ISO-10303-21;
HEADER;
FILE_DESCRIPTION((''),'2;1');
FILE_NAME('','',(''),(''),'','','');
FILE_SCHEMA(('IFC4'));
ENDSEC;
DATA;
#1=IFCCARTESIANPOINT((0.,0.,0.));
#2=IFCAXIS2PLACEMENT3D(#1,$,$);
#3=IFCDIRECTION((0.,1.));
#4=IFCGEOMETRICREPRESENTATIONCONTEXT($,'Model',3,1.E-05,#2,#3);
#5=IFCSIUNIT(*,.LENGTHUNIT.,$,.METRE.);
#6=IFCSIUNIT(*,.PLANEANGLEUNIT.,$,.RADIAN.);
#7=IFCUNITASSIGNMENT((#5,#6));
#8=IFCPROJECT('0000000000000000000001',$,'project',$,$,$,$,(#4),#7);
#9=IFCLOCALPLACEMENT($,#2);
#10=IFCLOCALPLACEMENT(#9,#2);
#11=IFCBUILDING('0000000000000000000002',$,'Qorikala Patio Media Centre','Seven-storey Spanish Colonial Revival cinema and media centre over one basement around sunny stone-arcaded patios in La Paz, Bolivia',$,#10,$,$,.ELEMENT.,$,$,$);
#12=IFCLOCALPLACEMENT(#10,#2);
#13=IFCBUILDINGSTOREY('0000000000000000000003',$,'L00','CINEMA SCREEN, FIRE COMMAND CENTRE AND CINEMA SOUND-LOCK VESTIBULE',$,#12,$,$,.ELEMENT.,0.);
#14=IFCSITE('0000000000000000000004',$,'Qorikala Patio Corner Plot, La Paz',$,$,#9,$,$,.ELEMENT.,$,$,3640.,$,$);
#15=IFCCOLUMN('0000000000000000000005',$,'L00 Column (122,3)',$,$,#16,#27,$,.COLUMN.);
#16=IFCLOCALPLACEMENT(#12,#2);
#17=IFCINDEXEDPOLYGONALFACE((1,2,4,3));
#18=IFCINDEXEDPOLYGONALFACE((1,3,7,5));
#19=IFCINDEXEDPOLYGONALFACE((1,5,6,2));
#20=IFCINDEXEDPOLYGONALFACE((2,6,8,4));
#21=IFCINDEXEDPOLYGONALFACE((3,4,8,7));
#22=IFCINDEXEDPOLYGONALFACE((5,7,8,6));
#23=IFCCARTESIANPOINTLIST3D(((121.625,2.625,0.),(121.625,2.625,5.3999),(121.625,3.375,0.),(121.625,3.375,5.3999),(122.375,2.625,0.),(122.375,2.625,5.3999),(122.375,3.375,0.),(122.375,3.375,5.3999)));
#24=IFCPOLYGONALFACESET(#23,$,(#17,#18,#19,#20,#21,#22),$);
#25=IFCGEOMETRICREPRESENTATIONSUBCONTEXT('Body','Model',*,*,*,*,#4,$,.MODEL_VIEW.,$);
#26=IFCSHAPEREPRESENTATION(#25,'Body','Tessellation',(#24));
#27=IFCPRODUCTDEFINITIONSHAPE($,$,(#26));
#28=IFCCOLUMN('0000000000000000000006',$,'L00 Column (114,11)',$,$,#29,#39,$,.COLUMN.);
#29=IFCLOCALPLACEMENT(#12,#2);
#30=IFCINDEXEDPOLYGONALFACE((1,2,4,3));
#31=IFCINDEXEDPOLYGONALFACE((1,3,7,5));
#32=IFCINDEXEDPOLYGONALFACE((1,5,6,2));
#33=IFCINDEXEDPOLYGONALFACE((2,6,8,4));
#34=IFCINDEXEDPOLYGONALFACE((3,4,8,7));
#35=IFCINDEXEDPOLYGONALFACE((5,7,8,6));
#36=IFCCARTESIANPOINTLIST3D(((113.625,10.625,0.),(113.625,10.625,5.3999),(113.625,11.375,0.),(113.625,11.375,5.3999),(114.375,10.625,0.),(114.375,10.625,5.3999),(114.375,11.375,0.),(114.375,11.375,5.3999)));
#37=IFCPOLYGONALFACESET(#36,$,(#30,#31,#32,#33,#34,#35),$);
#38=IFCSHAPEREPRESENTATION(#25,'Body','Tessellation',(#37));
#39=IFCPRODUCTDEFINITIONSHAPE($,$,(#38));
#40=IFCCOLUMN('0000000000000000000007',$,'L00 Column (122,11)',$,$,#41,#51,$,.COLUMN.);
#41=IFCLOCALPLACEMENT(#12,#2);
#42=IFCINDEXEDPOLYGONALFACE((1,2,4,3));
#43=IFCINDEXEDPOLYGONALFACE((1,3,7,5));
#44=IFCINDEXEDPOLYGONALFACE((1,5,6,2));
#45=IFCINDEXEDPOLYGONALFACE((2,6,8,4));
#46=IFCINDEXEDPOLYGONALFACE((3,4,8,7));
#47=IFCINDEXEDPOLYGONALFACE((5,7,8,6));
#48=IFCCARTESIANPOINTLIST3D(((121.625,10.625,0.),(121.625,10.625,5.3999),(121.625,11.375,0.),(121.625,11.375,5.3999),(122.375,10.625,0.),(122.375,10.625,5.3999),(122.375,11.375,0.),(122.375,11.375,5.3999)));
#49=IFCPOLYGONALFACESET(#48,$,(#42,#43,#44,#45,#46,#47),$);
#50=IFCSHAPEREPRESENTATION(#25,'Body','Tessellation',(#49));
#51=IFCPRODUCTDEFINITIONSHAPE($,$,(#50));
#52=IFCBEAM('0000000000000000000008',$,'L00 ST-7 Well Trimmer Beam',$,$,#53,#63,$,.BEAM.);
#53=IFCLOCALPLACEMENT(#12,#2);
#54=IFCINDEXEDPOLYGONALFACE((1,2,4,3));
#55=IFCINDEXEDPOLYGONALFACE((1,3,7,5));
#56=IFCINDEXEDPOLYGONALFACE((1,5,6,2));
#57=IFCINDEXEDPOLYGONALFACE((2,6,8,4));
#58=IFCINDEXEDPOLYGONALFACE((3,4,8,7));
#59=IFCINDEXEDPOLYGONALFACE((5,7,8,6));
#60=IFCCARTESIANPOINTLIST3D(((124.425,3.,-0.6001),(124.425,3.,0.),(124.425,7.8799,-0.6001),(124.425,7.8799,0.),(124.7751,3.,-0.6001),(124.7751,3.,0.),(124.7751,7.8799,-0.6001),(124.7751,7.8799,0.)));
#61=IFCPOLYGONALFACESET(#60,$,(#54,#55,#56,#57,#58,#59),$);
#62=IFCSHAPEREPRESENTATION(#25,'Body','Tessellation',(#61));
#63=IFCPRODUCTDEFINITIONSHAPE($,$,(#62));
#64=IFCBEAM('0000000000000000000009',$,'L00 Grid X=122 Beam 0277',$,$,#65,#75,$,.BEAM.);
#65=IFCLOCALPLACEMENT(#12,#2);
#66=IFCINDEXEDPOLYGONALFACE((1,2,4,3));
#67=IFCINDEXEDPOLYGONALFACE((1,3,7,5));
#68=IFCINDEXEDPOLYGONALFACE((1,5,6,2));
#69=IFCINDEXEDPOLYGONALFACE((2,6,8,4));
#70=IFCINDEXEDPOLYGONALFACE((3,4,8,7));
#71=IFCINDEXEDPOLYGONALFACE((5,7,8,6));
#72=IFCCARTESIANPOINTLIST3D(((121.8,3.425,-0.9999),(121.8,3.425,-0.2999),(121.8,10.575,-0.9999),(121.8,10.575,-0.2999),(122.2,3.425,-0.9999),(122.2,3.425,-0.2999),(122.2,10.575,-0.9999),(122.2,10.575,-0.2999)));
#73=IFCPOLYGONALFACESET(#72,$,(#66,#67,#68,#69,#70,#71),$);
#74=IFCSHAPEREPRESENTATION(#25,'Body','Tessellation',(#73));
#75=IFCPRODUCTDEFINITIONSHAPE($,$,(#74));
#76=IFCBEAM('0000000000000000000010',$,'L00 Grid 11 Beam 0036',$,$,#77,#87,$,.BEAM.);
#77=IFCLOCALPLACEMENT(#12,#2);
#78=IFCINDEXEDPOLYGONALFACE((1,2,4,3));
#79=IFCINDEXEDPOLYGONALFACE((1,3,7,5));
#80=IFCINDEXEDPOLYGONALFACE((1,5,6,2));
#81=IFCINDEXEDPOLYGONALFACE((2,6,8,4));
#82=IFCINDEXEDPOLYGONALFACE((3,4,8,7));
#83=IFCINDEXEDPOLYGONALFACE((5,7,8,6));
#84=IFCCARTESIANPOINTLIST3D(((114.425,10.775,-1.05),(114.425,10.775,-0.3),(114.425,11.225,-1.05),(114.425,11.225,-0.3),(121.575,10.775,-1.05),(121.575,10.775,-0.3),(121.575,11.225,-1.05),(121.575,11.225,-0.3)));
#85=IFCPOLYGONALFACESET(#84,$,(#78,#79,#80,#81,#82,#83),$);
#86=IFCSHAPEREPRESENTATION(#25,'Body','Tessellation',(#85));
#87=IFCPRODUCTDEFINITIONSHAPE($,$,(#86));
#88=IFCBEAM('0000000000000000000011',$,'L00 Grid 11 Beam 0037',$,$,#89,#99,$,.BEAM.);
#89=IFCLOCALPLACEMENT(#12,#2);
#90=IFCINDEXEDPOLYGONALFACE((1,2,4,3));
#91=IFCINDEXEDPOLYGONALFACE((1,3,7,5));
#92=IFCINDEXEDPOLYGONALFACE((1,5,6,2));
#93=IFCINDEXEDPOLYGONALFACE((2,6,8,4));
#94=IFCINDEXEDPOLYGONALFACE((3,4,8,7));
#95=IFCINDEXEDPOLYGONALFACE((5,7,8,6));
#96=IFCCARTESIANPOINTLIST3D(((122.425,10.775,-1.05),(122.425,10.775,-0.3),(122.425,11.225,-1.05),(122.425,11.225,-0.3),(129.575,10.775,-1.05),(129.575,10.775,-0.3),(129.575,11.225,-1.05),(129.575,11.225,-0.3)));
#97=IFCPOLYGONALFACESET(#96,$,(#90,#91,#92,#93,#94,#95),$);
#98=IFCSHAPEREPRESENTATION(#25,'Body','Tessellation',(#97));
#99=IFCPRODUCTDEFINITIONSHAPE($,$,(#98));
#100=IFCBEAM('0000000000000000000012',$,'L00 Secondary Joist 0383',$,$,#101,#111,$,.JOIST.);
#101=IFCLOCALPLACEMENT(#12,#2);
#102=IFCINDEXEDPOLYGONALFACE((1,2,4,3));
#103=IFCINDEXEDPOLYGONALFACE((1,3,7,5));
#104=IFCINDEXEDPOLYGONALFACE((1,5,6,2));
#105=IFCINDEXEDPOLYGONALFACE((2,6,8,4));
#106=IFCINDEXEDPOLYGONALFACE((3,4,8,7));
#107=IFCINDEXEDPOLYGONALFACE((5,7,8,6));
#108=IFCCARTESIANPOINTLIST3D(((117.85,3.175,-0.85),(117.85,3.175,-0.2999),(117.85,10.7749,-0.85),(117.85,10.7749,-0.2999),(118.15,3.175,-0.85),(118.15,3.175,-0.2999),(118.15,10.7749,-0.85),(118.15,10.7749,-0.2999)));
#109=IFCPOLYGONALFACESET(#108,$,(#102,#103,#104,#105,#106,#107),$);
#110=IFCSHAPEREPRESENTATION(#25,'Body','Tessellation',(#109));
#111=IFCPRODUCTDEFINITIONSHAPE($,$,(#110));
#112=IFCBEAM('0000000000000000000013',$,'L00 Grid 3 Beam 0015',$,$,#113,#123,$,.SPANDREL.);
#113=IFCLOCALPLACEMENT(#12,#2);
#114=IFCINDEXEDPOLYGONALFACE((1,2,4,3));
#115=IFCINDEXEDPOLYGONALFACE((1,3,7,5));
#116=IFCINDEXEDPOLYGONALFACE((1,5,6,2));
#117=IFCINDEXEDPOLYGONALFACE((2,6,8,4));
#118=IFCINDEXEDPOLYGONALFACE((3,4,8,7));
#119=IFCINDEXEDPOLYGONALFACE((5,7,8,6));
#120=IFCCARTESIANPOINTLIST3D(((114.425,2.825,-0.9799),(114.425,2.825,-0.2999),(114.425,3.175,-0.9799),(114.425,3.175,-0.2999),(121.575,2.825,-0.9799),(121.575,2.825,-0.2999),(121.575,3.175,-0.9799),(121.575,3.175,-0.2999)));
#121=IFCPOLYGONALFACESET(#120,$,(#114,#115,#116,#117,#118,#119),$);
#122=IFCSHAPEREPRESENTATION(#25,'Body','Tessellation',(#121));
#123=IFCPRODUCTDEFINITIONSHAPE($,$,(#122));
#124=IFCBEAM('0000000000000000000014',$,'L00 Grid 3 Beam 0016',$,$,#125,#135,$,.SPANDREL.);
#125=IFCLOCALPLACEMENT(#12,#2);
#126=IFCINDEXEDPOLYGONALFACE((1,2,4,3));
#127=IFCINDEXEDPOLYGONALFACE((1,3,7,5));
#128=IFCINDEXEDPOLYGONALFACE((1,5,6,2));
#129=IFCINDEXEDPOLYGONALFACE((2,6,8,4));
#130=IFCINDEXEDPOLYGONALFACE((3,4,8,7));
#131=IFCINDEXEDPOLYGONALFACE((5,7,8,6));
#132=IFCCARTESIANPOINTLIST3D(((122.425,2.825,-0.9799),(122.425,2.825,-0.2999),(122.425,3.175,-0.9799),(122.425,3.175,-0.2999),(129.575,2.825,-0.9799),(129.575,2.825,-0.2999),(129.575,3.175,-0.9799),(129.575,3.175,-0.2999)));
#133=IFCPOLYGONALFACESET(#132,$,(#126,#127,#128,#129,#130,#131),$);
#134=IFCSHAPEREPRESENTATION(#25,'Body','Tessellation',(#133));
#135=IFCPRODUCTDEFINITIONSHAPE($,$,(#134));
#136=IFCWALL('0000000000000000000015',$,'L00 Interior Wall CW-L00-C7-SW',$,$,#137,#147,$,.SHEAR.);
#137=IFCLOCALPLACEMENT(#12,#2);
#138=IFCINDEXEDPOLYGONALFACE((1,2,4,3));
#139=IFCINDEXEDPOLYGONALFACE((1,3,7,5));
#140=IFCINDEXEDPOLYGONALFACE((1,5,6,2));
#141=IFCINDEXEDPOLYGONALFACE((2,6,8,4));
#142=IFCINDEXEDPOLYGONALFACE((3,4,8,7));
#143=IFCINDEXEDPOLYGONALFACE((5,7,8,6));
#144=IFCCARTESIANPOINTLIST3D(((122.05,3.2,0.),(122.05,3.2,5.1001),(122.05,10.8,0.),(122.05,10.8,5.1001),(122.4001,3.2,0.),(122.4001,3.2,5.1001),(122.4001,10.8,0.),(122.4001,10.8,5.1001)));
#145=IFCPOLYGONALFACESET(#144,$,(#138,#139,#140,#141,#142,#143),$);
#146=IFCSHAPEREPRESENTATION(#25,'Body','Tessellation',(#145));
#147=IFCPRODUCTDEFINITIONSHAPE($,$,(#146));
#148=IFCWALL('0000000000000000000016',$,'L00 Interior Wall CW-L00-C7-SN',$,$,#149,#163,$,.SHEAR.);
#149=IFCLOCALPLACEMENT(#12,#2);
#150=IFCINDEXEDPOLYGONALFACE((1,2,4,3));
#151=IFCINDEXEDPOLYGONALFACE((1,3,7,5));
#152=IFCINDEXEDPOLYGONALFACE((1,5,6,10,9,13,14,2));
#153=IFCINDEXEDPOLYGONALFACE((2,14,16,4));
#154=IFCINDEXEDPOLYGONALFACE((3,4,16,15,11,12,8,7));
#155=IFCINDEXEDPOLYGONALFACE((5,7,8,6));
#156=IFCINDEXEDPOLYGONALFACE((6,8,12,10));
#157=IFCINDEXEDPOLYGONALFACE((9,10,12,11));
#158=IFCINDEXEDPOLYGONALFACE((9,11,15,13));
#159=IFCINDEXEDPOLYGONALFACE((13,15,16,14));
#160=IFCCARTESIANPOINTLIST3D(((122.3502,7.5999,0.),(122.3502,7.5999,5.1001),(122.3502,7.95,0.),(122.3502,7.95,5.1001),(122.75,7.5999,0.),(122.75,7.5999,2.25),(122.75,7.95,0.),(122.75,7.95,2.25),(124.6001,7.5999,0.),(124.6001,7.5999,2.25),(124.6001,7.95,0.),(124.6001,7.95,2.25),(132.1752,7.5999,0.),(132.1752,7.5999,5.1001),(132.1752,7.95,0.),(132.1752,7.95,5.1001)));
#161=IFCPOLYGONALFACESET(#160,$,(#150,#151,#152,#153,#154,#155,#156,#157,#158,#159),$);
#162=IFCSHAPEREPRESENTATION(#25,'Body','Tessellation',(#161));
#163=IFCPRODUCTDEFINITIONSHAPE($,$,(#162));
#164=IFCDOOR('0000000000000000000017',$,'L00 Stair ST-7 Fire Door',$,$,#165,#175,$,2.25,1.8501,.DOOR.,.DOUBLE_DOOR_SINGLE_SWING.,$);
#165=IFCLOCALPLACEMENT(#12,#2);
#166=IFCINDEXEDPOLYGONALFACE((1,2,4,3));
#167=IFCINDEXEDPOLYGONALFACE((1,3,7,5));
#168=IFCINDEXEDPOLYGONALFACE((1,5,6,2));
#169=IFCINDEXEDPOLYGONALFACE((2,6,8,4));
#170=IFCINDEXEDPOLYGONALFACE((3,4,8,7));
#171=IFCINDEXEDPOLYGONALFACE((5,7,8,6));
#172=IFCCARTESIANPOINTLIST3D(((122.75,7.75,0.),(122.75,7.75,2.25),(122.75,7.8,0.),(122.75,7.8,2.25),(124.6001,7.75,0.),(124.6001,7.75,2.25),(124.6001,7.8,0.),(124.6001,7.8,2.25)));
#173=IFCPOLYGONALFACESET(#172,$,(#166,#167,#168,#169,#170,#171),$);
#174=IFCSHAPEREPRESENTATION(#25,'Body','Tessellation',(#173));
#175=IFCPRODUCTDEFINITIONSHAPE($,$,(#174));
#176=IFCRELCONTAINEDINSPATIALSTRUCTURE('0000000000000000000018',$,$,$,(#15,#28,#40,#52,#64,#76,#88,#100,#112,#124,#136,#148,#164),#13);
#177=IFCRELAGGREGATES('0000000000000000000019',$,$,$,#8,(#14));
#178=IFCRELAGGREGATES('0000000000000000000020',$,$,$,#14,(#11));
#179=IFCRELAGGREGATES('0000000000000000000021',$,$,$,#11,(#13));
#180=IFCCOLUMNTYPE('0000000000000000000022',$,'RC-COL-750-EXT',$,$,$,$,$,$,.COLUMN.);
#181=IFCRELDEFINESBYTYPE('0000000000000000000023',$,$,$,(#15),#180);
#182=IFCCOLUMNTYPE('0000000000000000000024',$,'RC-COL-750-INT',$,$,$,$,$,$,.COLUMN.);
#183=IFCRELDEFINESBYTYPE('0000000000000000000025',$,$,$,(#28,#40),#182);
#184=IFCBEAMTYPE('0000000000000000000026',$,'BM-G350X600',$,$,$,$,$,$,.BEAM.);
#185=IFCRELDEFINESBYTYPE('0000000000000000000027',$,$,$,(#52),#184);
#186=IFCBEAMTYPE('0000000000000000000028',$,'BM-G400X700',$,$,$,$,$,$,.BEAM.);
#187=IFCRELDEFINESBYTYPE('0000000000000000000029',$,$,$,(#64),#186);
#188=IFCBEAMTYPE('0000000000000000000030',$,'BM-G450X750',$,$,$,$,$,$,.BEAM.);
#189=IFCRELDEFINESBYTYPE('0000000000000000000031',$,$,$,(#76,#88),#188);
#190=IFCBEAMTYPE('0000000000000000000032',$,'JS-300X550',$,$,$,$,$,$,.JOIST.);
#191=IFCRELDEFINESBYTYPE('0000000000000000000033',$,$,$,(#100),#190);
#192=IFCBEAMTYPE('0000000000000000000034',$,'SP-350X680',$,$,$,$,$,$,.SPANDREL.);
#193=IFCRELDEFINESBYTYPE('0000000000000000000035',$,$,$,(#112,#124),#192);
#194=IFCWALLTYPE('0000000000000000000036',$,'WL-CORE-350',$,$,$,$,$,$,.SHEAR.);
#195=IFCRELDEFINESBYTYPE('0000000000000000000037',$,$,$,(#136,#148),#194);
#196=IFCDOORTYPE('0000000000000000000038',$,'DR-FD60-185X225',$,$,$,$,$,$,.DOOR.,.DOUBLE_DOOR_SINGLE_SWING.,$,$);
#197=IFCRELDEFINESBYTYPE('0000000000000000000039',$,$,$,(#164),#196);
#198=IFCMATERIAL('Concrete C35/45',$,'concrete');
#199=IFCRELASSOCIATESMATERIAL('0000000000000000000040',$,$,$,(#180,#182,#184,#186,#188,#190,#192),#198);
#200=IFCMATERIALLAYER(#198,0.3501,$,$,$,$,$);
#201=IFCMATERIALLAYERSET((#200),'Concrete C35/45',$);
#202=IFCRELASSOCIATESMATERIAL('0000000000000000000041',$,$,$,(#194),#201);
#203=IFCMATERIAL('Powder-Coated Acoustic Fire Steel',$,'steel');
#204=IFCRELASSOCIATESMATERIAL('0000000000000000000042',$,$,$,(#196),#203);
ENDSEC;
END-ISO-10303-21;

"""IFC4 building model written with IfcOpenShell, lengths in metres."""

from ifc_helpers import new_model, si_unit, direction, frame, frame_2d, origin, origin_2d, place, context, subcontext, project, spatial, rectangle, extrude, material, layer, layer_set, material_profile, profile_set, type_object, element, fill, save


model = new_model("IFC4")

# Units and contexts
model_context = context("Model", 3, precision=1e-05, world=origin(), true_north=direction((0.0, 1.0)))
body_context = subcontext(model_context, "Body", "Model", "MODEL_VIEW")
ifc_project = project(units=[si_unit("LENGTHUNIT", "METRE"), si_unit("PLANEANGLEUNIT", "RADIAN")], contexts=[model_context])

# Site, building, storey
site_placement = place(None, origin())
site = spatial("IfcSite", under=ifc_project, at=site_placement, Name="Qorikala Patio Corner Plot, La Paz", CompositionType="ELEMENT", RefElevation=3640.0)
building_placement = place(site_placement, origin())
building = spatial("IfcBuilding", under=site, at=building_placement, Name="Qorikala Patio Media Centre", Description="Seven-storey Spanish Colonial Revival cinema and media centre over one basement around sunny stone-arcaded patios in La Paz, Bolivia", CompositionType="ELEMENT")
storey_placement = place(building_placement, origin())
storey = spatial("IfcBuildingStorey", under=building, at=storey_placement, Name="L00", Description="CINEMA SCREEN, FIRE COMMAND CENTRE AND CINEMA SOUND-LOCK VESTIBULE", CompositionType="ELEMENT", Elevation=0.0)

# Columns
ifc_material_1 = material(Name="Concrete C35/45", Category="concrete")
ifc_material_profile_1 = material_profile(ifc_material_1, rectangle(XDim=0.75, YDim=0.75, at=origin_2d()), Name="RC 750x750")
ifc_profile_set_1 = profile_set([ifc_material_profile_1], Name="Concrete C35/45")
column_type_1 = type_object("IfcColumnType", Name="RC-COL-750-EXT", PredefinedType="COLUMN", material=ifc_profile_set_1)
column_placement = place(storey_placement, frame((122.0, 3.0, 0.0), z_axis=(0.0, 0.0, 1.0), x_axis=(1.0, 0.0, 0.0)))
element("IfcColumn", 1, at=column_placement, inside=storey, type_object=column_type_1, Name="L00 Column (122,3)", PredefinedType="COLUMN", context=body_context, shape_type="SweptSolid", body=[
    extrude(rectangle(XDim=0.75, YDim=0.75, at=origin_2d()), origin(), (0.0, 0.0, 1.0), 5.3999),
])
ifc_material_profile_2 = material_profile(ifc_material_1, rectangle(XDim=0.75, YDim=0.75, at=origin_2d()), Name="RC 750x750")
ifc_profile_set_2 = profile_set([ifc_material_profile_2], Name="Concrete C35/45")
column_type_2 = type_object("IfcColumnType", Name="RC-COL-750-INT", PredefinedType="COLUMN", material=ifc_profile_set_2)
for number, where, z_axis, x_axis, name in (
    (2, (114.0, 11.0, 0.0), (0.0, 0.0, 1.0), (1.0, 0.0, 0.0), "L00 Column (114,11)"),
    (3, (122.0, 11.0, 0.0), (0.0, 0.0, 1.0), (1.0, 0.0, 0.0), "L00 Column (122,11)"),
):
    element("IfcColumn", number, at=place(storey_placement, frame(where, z_axis=z_axis, x_axis=x_axis)), inside=storey, type_object=column_type_2, Name=name, PredefinedType="COLUMN", context=body_context, shape_type="SweptSolid", body=[
        extrude(rectangle(XDim=0.75, YDim=0.75, at=origin_2d()), origin(), (0.0, 0.0, 1.0), 5.3999),
    ])

# Beams
ifc_material_profile_3 = material_profile(ifc_material_1, rectangle(XDim=0.3501, YDim=0.6001, at=origin_2d()), Name="RC 350x600")
ifc_profile_set_3 = profile_set([ifc_material_profile_3], Name="Concrete C35/45")
beam_type_1 = type_object("IfcBeamType", Name="BM-G350X600", PredefinedType="BEAM", material=ifc_profile_set_3)
beam_1_placement = place(storey_placement, frame((124.6001, 3.0, -0.3), z_axis=(0.0, 1.0, 0.0), x_axis=(-1.0, 0.0, 0.0)))
element("IfcBeam", 4, at=beam_1_placement, inside=storey, type_object=beam_type_1, Name="L00 ST-7 Well Trimmer Beam", PredefinedType="BEAM", context=body_context, shape_type="SweptSolid", body=[
    extrude(rectangle(XDim=0.3501, YDim=0.6001, at=origin_2d()), origin(), (0.0, 0.0, 1.0), 4.8799),
])
ifc_material_profile_4 = material_profile(ifc_material_1, rectangle(XDim=0.3999, YDim=0.7, at=origin_2d()), Name="RC 400x700")
ifc_profile_set_4 = profile_set([ifc_material_profile_4], Name="Concrete C35/45")
beam_type_2 = type_object("IfcBeamType", Name="BM-G400X700", PredefinedType="BEAM", material=ifc_profile_set_4)
beam_2_placement = place(storey_placement, frame((122.0, 3.425, -0.6499), z_axis=(0.0, 1.0, 0.0), x_axis=(-1.0, 0.0, 0.0)))
element("IfcBeam", 5, at=beam_2_placement, inside=storey, type_object=beam_type_2, Name="L00 Grid X=122 Beam 0277", PredefinedType="BEAM", context=body_context, shape_type="SweptSolid", body=[
    extrude(rectangle(XDim=0.3999, YDim=0.7, at=origin_2d()), origin(), (0.0, 0.0, 1.0), 7.1499),
])
ifc_material_profile_5 = material_profile(ifc_material_1, rectangle(XDim=0.45, YDim=0.75, at=origin_2d()), Name="RC 450x750")
ifc_profile_set_5 = profile_set([ifc_material_profile_5], Name="Concrete C35/45")
beam_type_3 = type_object("IfcBeamType", Name="BM-G450X750", PredefinedType="BEAM", material=ifc_profile_set_5)
for number, where, z_axis, x_axis, name in (
    (6, (114.425, 11.0, -0.675), (1.0, 0.0, 0.0), (0.0, 1.0, 0.0), "L00 Grid 11 Beam 0036"),
    (7, (122.425, 11.0, -0.675), (1.0, 0.0, 0.0), (0.0, 1.0, 0.0), "L00 Grid 11 Beam 0037"),
):
    element("IfcBeam", number, at=place(storey_placement, frame(where, z_axis=z_axis, x_axis=x_axis)), inside=storey, type_object=beam_type_3, Name=name, PredefinedType="BEAM", context=body_context, shape_type="SweptSolid", body=[
        extrude(rectangle(XDim=0.45, YDim=0.75, at=origin_2d()), origin(), (0.0, 0.0, 1.0), 7.1499),
    ])
ifc_material_profile_6 = material_profile(ifc_material_1, rectangle(XDim=0.3, YDim=0.55, at=origin_2d()), Name="RC 300x550")
ifc_profile_set_6 = profile_set([ifc_material_profile_6], Name="Concrete C35/45")
beam_type_4 = type_object("IfcBeamType", Name="JS-300X550", PredefinedType="JOIST", material=ifc_profile_set_6)
beam_3_placement = place(storey_placement, frame((118.0, 3.175, -0.575), z_axis=(0.0, 1.0, 0.0), x_axis=(-1.0, 0.0, 0.0)))
element("IfcBeam", 8, at=beam_3_placement, inside=storey, type_object=beam_type_4, Name="L00 Secondary Joist 0383", PredefinedType="JOIST", context=body_context, shape_type="SweptSolid", body=[
    extrude(rectangle(XDim=0.3, YDim=0.55, at=origin_2d()), origin(), (0.0, 0.0, 1.0), 7.5999),
])
ifc_material_profile_7 = material_profile(ifc_material_1, rectangle(XDim=0.3501, YDim=0.6799, at=origin_2d()), Name="RC 350x680")
ifc_profile_set_7 = profile_set([ifc_material_profile_7], Name="Concrete C35/45")
beam_type_5 = type_object("IfcBeamType", Name="SP-350X680", PredefinedType="SPANDREL", material=ifc_profile_set_7)
for number, where, z_axis, x_axis, name in (
    (9, (114.425, 3.0, -0.6399), (1.0, 0.0, 0.0), (0.0, 1.0, 0.0), "L00 Grid 3 Beam 0015"),
    (10, (122.425, 3.0, -0.6399), (1.0, 0.0, 0.0), (0.0, 1.0, 0.0), "L00 Grid 3 Beam 0016"),
):
    element("IfcBeam", number, at=place(storey_placement, frame(where, z_axis=z_axis, x_axis=x_axis)), inside=storey, type_object=beam_type_5, Name=name, PredefinedType="SPANDREL", context=body_context, shape_type="SweptSolid", body=[
        extrude(rectangle(XDim=0.3501, YDim=0.6799, at=origin_2d()), origin(), (0.0, 0.0, 1.0), 7.1499),
    ])

# Wall
ifc_layer_1 = layer(ifc_material_1, 0.3501)
ifc_layer_set_1 = layer_set([ifc_layer_1], Name="Concrete C35/45")
wall_type_1 = type_object("IfcWallType", Name="WL-CORE-350", PredefinedType="SHEAR", material=ifc_layer_set_1)
wall_1_placement = place(storey_placement, frame((122.2251, 3.2, 0.0), z_axis=(0.0, 0.0, 1.0), x_axis=(0.0, 1.0, 0.0)))
element("IfcWall", 11, at=wall_1_placement, inside=storey, type_object=wall_type_1, Name="L00 Interior Wall CW-L00-C7-SW", PredefinedType="SHEAR", context=body_context, shape_type="SweptSolid", body=[
    extrude(rectangle(XDim=7.6001, YDim=0.3501, at=frame_2d((3.8, 0.0))), origin(), (0.0, 0.0, 1.0), 5.1001),
])

# Wall, opening, door
wall_2_placement = place(storey_placement, frame((122.3501, 7.7749, 0.0), z_axis=(0.0, 0.0, 1.0), x_axis=(1.0, 0.0, 0.0)))
wall_2 = element("IfcWall", 12, at=wall_2_placement, inside=storey, type_object=wall_type_1, Name="L00 Interior Wall CW-L00-C7-SN", PredefinedType="SHEAR", context=body_context, shape_type="SweptSolid", body=[
    extrude(rectangle(XDim=9.825, YDim=0.3501, at=frame_2d((4.9126, 0.0))), origin(), (0.0, 0.0, 1.0), 5.1001),
])
opening_1_placement = place(wall_2_placement, frame((0.3999, 0.0, 0.0)))
opening_1 = element("IfcOpeningElement", 13, at=opening_1_placement, cuts=wall_2, PredefinedType="OPENING", context=body_context, shape_type="SweptSolid", body=[
    extrude(rectangle(XDim=1.8501, YDim=2.25, at=frame_2d((0.925, 1.125))), frame((0.0, 0.1851, 0.0), z_axis=(0.0, -1.0, 0.0), x_axis=(1.0, 0.0, 0.0)), (0.0, 0.0, 1.0), 0.3701),
])
ifc_material_2 = material(Name="Powder-Coated Acoustic Fire Steel", Category="steel")
door_type_1 = type_object("IfcDoorType", Name="DR-FD60-185X225", OperationType="DOUBLE_DOOR_SINGLE_SWING", PredefinedType="DOOR", material=ifc_material_2)
door_1_placement = place(opening_1_placement, frame((1.8501, 0.0, 0.0), z_axis=(0.0, 0.0, 1.0), x_axis=(-1.0, 0.0, 0.0)))
door_1 = element("IfcDoor", 14, at=door_1_placement, inside=storey, type_object=door_type_1, Name="L00 Stair ST-7 Fire Door", OperationType="DOUBLE_DOOR_SINGLE_SWING", OverallHeight=2.25, OverallWidth=1.8501, PredefinedType="DOOR", context=body_context, shape_type="SweptSolid", body=[
    extrude(rectangle(XDim=1.8501, YDim=2.25, at=frame_2d((0.925, 1.125))), frame((0.0, 0.0249, 0.0), z_axis=(0.0, -1.0, 0.0), x_axis=(1.0, 0.0, 0.0)), (0.0, 0.0, 1.0), 0.05),
])
fill(opening_1, door_1)

save(model, "model.ifc")
